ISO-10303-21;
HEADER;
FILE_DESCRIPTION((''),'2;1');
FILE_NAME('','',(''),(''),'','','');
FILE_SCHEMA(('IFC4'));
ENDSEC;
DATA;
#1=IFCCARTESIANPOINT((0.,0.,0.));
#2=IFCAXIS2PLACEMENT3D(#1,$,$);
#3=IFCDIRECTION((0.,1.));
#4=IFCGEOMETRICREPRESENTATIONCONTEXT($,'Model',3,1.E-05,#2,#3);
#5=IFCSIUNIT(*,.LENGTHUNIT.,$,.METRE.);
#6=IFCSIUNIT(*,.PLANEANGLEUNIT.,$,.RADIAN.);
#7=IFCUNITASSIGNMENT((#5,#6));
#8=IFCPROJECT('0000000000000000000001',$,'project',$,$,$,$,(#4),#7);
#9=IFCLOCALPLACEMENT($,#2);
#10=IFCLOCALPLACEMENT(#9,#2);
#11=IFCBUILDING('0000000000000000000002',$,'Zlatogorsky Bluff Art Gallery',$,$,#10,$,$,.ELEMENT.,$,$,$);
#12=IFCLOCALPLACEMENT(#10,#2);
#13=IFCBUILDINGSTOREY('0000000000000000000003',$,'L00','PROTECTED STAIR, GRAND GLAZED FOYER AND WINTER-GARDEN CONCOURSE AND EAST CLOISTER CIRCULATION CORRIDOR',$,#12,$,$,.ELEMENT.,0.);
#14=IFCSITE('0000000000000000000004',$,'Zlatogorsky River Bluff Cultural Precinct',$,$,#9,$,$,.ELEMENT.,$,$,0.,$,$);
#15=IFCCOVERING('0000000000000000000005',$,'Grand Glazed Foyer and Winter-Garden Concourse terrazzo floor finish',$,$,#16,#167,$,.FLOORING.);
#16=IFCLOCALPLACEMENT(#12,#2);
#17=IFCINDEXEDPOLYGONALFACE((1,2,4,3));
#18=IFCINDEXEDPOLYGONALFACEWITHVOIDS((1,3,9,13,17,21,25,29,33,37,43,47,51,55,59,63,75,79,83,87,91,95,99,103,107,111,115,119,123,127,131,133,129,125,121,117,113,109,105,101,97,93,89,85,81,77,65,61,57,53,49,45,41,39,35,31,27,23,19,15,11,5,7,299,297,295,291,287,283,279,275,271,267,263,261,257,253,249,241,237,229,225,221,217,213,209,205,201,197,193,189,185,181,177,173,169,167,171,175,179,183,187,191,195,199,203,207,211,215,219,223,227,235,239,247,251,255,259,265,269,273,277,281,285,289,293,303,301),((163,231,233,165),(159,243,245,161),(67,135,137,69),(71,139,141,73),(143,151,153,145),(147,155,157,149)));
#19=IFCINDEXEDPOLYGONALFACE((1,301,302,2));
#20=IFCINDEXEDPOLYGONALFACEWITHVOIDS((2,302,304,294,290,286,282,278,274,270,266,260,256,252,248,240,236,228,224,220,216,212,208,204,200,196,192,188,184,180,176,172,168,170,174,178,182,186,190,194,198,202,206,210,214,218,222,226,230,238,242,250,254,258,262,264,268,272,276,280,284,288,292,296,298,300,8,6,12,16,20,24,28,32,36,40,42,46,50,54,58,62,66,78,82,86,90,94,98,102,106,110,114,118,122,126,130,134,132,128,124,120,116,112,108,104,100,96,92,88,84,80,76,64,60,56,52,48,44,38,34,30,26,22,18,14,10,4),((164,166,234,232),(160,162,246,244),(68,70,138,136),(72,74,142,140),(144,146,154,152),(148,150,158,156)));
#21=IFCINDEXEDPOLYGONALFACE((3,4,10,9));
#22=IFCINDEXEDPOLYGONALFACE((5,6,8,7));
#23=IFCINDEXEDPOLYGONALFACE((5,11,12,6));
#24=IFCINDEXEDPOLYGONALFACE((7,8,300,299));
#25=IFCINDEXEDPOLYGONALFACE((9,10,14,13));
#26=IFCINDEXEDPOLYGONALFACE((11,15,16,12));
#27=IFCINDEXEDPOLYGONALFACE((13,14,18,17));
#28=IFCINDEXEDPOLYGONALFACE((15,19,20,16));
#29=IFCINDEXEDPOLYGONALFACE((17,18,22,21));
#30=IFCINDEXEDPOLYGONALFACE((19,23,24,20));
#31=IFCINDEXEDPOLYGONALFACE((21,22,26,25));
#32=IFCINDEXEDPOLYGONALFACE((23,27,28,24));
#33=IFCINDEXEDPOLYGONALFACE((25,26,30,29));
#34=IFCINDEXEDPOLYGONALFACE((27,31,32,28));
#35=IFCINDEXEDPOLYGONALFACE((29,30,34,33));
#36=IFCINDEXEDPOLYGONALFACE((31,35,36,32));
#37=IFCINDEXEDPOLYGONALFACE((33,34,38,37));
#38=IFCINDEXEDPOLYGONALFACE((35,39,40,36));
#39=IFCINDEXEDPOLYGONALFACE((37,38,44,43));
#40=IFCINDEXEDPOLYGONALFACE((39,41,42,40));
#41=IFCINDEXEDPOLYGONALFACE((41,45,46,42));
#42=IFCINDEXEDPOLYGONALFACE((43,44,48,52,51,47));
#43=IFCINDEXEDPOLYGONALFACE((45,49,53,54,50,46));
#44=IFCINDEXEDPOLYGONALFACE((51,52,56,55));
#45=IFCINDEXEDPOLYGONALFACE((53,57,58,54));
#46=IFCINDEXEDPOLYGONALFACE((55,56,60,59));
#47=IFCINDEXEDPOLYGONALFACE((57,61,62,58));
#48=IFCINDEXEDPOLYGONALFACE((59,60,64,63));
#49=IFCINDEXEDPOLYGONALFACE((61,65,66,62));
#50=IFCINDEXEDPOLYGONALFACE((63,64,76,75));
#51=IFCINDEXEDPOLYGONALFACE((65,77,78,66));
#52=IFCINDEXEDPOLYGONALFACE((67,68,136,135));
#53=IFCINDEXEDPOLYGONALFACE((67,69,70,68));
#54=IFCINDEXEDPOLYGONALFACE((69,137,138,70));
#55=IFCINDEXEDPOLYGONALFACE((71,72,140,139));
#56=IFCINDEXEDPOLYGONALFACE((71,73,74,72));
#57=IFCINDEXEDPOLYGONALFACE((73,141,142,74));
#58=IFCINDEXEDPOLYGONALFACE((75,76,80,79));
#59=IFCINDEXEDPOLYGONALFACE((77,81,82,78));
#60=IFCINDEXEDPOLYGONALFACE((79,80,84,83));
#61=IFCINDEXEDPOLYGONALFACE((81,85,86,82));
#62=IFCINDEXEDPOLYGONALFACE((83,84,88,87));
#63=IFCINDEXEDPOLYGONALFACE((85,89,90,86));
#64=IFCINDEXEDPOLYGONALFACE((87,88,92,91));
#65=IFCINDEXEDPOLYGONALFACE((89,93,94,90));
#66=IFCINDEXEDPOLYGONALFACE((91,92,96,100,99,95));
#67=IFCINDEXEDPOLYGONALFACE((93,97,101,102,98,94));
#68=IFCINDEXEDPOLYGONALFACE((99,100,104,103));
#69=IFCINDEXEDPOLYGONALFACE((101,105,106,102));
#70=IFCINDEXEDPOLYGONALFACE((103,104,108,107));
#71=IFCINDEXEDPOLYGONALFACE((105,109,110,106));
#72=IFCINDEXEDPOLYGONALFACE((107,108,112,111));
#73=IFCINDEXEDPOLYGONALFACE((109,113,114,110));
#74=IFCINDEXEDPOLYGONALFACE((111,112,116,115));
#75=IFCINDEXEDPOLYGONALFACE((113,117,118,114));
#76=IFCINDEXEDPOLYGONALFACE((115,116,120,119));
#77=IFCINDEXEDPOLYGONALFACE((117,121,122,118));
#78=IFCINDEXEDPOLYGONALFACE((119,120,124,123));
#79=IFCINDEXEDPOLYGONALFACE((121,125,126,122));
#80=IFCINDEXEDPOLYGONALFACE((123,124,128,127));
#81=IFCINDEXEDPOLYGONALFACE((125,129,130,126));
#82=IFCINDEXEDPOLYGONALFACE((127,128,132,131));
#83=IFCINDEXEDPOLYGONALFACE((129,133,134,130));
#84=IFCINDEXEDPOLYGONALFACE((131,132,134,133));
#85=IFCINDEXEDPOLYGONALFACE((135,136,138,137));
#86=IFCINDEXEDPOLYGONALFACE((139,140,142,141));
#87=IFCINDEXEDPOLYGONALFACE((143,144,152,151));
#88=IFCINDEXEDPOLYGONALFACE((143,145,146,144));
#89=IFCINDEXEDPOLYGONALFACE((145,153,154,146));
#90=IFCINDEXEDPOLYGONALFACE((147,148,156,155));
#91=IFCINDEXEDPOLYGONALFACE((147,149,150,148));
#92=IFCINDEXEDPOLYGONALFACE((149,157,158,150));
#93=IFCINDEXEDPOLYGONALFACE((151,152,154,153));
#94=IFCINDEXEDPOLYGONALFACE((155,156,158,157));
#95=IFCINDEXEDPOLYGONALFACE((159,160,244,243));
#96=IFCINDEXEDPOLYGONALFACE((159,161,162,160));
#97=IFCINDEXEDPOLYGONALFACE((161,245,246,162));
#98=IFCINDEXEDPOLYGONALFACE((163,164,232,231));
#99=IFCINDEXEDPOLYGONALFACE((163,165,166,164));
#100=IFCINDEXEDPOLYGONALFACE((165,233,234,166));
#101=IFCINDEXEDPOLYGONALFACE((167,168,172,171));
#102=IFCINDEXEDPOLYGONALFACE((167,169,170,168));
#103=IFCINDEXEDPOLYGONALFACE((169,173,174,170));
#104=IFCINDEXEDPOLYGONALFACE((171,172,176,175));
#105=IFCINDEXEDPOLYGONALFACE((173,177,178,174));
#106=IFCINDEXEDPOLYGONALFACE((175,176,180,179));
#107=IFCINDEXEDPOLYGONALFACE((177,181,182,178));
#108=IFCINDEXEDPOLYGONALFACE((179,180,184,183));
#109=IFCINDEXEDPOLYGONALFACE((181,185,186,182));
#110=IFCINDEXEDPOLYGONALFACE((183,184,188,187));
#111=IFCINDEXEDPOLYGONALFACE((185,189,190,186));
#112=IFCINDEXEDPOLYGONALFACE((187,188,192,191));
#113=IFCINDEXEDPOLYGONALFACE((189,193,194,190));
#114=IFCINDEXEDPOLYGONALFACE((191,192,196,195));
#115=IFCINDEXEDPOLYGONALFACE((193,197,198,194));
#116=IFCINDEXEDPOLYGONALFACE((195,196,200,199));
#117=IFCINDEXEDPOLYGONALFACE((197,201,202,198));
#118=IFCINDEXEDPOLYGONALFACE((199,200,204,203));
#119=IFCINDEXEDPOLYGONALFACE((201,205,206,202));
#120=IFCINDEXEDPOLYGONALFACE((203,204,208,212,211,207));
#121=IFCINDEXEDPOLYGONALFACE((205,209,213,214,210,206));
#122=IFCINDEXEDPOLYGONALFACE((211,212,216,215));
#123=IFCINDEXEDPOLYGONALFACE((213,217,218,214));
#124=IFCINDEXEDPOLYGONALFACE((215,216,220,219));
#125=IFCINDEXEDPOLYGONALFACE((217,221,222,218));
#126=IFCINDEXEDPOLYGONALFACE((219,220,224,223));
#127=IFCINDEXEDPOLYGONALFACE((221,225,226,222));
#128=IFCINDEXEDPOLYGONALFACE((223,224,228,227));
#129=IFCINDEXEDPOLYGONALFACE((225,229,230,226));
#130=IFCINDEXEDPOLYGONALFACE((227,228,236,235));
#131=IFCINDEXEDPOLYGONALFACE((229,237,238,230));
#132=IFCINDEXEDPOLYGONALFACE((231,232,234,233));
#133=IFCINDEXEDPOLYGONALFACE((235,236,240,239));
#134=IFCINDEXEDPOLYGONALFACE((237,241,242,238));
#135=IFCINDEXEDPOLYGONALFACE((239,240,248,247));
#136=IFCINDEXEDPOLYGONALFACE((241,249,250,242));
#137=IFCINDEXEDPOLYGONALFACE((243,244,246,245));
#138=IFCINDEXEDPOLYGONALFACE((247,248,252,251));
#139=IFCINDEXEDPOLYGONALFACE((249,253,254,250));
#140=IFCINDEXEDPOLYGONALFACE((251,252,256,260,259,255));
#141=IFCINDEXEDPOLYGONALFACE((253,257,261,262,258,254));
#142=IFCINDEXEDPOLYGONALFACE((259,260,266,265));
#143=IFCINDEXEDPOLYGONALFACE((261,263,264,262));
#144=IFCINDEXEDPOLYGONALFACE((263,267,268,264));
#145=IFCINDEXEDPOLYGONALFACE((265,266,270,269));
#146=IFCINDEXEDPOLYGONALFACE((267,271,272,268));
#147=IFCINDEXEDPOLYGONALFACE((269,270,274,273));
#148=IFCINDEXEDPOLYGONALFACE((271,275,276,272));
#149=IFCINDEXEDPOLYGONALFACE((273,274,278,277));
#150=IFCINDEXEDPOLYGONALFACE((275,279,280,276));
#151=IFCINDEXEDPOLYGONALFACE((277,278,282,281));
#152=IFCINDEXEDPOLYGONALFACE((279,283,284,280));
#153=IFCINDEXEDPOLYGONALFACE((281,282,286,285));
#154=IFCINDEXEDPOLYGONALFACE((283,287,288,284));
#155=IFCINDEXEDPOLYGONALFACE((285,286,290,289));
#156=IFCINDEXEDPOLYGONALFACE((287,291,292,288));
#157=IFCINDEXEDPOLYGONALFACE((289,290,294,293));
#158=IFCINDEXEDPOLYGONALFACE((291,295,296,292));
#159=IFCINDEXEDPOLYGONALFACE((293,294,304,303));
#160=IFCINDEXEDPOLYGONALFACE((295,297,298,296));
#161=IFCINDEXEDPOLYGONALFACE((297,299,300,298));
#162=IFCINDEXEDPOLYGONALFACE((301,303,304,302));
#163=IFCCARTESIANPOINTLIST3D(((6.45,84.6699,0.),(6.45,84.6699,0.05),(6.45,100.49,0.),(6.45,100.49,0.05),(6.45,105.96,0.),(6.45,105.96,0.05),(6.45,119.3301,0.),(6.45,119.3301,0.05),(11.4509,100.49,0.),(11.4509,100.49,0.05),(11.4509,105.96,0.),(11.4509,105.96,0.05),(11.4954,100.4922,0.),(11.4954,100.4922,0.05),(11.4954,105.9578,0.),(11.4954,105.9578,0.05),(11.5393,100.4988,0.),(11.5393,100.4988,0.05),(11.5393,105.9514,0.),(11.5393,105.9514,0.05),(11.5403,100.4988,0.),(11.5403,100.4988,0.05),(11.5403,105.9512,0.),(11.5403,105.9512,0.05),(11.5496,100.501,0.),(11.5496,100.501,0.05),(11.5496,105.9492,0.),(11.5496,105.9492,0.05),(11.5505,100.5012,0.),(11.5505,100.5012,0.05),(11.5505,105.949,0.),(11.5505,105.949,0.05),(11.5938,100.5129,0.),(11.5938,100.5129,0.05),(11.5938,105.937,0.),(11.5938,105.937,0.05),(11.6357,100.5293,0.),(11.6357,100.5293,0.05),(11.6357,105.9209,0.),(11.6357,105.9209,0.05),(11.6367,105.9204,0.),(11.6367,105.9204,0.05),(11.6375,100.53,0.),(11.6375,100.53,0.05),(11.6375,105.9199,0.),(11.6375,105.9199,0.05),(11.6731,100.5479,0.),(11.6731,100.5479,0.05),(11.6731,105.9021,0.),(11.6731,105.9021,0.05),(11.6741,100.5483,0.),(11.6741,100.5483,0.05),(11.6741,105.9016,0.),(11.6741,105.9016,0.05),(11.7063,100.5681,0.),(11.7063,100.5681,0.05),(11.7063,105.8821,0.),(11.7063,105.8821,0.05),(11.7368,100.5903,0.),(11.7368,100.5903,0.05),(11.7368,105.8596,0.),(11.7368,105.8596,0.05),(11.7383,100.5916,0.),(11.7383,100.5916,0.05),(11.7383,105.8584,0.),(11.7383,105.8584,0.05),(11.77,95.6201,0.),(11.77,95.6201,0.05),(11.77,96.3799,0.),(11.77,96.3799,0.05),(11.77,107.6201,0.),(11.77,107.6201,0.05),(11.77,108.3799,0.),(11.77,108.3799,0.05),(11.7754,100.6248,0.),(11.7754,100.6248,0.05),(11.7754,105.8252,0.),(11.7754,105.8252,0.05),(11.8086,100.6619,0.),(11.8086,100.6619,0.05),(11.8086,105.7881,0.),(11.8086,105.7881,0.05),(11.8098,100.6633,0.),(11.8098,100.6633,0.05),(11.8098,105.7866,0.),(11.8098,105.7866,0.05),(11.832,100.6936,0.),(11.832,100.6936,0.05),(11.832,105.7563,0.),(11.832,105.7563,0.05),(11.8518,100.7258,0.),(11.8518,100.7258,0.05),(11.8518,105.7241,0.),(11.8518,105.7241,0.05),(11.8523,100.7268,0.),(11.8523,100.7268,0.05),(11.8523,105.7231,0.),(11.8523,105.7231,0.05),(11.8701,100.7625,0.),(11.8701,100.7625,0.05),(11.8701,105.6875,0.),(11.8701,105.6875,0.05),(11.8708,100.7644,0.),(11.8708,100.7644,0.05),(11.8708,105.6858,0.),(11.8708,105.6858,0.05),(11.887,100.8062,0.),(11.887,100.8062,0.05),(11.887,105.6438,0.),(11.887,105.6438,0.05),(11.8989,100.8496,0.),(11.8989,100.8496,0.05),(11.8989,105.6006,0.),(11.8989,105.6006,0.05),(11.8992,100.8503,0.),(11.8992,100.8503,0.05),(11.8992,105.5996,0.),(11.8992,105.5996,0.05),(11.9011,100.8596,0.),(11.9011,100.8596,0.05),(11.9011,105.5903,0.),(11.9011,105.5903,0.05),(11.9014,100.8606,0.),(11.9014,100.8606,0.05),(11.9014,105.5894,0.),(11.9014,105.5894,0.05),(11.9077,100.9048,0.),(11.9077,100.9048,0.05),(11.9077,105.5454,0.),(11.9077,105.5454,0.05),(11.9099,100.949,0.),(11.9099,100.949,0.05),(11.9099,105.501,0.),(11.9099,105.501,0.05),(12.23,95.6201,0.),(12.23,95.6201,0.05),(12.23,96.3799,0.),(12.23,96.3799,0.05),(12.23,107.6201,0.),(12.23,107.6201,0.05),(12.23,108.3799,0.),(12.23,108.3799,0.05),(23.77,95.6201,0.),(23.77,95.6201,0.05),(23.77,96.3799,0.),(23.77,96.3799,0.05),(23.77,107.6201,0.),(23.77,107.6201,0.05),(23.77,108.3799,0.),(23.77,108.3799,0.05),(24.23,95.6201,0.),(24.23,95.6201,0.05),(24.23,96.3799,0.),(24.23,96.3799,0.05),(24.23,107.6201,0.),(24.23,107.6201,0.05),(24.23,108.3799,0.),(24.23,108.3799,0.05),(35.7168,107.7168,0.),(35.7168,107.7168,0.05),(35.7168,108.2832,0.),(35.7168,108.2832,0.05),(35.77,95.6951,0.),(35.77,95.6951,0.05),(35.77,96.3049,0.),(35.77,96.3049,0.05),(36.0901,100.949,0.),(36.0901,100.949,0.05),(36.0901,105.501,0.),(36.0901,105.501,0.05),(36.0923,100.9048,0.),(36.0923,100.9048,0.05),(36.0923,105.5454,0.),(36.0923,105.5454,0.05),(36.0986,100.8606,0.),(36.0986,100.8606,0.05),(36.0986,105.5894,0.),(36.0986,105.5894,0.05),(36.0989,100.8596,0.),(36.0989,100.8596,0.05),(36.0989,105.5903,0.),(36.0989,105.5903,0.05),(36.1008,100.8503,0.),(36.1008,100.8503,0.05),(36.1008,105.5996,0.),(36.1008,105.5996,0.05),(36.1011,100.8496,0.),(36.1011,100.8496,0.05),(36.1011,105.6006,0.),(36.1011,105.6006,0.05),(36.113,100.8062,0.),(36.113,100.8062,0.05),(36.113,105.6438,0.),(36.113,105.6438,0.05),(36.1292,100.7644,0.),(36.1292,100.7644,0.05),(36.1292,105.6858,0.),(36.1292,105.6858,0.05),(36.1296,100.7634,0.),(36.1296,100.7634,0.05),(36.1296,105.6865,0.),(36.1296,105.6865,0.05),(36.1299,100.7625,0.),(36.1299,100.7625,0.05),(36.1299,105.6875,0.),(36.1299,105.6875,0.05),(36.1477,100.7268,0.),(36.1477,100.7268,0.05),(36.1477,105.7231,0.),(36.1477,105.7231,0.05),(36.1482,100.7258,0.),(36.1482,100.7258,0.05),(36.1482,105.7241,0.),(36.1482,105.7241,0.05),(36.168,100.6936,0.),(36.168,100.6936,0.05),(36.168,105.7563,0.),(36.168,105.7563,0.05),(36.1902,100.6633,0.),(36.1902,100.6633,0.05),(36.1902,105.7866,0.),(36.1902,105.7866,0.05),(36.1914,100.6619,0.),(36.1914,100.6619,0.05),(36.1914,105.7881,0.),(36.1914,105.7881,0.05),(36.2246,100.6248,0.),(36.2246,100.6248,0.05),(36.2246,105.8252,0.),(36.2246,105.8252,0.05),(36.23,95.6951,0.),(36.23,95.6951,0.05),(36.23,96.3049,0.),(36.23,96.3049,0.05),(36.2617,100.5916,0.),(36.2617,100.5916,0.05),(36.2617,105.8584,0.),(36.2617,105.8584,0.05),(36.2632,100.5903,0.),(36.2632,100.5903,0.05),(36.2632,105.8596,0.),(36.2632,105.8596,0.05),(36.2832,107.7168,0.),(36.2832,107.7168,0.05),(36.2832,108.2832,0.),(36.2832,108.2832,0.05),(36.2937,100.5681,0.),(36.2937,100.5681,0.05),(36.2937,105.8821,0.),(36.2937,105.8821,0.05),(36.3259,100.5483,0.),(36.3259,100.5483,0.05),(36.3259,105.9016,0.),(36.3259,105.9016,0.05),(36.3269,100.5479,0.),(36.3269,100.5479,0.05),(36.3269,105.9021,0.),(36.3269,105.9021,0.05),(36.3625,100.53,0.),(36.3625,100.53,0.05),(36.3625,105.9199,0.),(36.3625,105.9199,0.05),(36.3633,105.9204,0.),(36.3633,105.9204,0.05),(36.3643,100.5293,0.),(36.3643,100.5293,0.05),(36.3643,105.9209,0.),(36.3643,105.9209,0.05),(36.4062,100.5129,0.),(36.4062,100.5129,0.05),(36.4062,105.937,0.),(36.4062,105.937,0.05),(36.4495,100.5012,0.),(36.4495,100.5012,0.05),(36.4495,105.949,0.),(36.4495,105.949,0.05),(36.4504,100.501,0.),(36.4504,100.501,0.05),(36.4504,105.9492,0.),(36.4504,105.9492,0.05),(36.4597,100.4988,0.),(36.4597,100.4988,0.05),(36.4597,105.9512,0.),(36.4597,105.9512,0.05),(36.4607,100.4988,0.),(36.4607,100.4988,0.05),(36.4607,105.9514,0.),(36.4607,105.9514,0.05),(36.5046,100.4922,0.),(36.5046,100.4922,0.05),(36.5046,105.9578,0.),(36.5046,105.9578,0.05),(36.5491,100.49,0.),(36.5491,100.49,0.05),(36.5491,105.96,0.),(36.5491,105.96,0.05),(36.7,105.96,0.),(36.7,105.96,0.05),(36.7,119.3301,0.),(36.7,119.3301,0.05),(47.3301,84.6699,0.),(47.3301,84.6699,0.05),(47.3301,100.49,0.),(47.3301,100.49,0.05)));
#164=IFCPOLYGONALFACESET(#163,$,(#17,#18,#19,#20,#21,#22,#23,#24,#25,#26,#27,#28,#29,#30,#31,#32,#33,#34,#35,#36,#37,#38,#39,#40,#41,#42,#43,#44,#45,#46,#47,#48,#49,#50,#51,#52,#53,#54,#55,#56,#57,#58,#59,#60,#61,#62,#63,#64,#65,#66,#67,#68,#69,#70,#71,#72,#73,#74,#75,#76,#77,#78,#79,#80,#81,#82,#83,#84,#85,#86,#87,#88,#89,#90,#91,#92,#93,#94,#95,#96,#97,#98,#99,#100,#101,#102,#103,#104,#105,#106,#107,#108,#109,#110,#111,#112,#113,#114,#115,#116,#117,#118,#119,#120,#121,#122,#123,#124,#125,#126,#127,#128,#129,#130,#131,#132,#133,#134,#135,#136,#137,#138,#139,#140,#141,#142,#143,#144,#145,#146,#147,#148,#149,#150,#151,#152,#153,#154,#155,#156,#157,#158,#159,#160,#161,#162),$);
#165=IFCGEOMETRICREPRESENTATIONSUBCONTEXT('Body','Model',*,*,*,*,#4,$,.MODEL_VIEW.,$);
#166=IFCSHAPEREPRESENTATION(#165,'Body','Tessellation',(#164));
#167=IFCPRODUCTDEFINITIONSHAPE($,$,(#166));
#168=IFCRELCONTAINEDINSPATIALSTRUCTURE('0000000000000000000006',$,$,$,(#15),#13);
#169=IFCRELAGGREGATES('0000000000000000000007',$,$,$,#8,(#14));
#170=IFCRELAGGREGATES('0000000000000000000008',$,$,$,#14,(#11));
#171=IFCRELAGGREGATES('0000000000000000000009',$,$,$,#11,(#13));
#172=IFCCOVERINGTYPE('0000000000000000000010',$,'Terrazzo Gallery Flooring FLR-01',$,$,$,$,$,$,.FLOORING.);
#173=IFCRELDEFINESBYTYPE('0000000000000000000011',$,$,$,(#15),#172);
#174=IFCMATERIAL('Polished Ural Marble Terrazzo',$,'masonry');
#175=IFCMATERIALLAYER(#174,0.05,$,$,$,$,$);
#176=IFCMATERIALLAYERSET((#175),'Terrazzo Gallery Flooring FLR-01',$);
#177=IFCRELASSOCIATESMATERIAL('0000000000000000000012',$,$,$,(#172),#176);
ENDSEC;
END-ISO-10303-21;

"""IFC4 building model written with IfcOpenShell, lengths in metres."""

from ifc_helpers import new_model, si_unit, direction, origin, place, context, subcontext, project, spatial, polyline, outline, extrude, material, layer, layer_set, type_object, element, save


model = new_model("IFC4")

# Units and contexts
model_context = context("Model", 3, precision=1e-05, world=origin(), true_north=direction((0.0, 1.0)))
body_context = subcontext(model_context, "Body", "Model", "MODEL_VIEW")
ifc_project = project(units=[si_unit("LENGTHUNIT", "METRE"), si_unit("PLANEANGLEUNIT", "RADIAN")], contexts=[model_context])

# Site, building, storey
site_placement = place(None, origin())
site = spatial("IfcSite", under=ifc_project, at=site_placement, Name="Zlatogorsky River Bluff Cultural Precinct", CompositionType="ELEMENT", RefElevation=0.0)
building_placement = place(site_placement, origin())
building = spatial("IfcBuilding", under=site, at=building_placement, Name="Zlatogorsky Bluff Art Gallery", CompositionType="ELEMENT")
storey_placement = place(building_placement, origin())
storey = spatial("IfcBuildingStorey", under=building, at=storey_placement, Name="L00", Description="PROTECTED STAIR, GRAND GLAZED FOYER AND WINTER-GARDEN CONCOURSE AND EAST CLOISTER CIRCULATION CORRIDOR", CompositionType="ELEMENT", Elevation=0.0)

# Covering
ifc_material_1 = material(Name="Polished Ural Marble Terrazzo", Category="masonry")
ifc_layer_1 = layer(ifc_material_1, 0.05)
ifc_layer_set_1 = layer_set([ifc_layer_1], Name="Terrazzo Gallery Flooring FLR-01")
covering_type_1 = type_object("IfcCoveringType", Name="Terrazzo Gallery Flooring FLR-01", PredefinedType="FLOORING", material=ifc_layer_set_1)
covering_1_placement = place(storey_placement, origin())
element("IfcCovering", 1, at=covering_1_placement, inside=storey, type_object=covering_type_1, Name="Grand Glazed Foyer and Winter-Garden Concourse terrazzo floor finish", PredefinedType="FLOORING", context=body_context, shape_type="SweptSolid", body=[
    extrude(outline(polyline([(36.7, 105.96), (36.5491, 105.96), (36.5046, 105.9578), (36.4607, 105.9514), (36.4597, 105.9512), (36.4504, 105.9492), (36.4495, 105.949), (36.4062, 105.937), (36.3643, 105.9209), (36.3633, 105.9204), (36.3625, 105.9199), (36.3269, 105.9021), (36.3259, 105.9016), (36.2937, 105.8821), (36.2632, 105.8596), (36.2617, 105.8584), (36.2246, 105.8252), (36.1914, 105.7881), (36.1902, 105.7866), (36.168, 105.7563), (36.1482, 105.7241), (36.1477, 105.7231), (36.1299, 105.6875), (36.1296, 105.6865), (36.1292, 105.6858), (36.113, 105.6438), (36.1011, 105.6006), (36.1008, 105.5996), (36.0989, 105.5903), (36.0986, 105.5894), (36.0923, 105.5454), (36.0901, 105.501), (36.0901, 100.949), (36.0923, 100.9048), (36.0986, 100.8606), (36.0989, 100.8596), (36.1008, 100.8503), (36.1011, 100.8496), (36.113, 100.8062), (36.1292, 100.7644), (36.1296, 100.7634), (36.1299, 100.7625), (36.1477, 100.7268), (36.1482, 100.7258), (36.168, 100.6936), (36.1902, 100.6633), (36.1914, 100.6619), (36.2246, 100.6248), (36.2617, 100.5916), (36.2632, 100.5903), (36.2937, 100.5681), (36.3259, 100.5483), (36.3269, 100.5479), (36.3625, 100.53), (36.3643, 100.5293), (36.4062, 100.5129), (36.4495, 100.5012), (36.4504, 100.501), (36.4597, 100.4988), (36.4607, 100.4988), (36.5046, 100.4922), (36.5491, 100.49), (47.3301, 100.49), (47.3301, 84.6699), (6.45, 84.6699), (6.45, 100.49), (11.4509, 100.49), (11.4954, 100.4922), (11.5393, 100.4988), (11.5403, 100.4988), (11.5496, 100.501), (11.5505, 100.5012), (11.5938, 100.5129), (11.6357, 100.5293), (11.6375, 100.53), (11.6731, 100.5479), (11.6741, 100.5483), (11.7063, 100.5681), (11.7368, 100.5903), (11.7383, 100.5916), (11.7754, 100.6248), (11.8086, 100.6619), (11.8098, 100.6633), (11.832, 100.6936), (11.8518, 100.7258), (11.8523, 100.7268), (11.8701, 100.7625), (11.8708, 100.7644), (11.887, 100.8062), (11.8989, 100.8496), (11.8992, 100.8503), (11.9011, 100.8596), (11.9014, 100.8606), (11.9077, 100.9048), (11.9099, 100.949), (11.9099, 105.501), (11.9077, 105.5454), (11.9014, 105.5894), (11.9011, 105.5903), (11.8992, 105.5996), (11.8989, 105.6006), (11.887, 105.6438), (11.8708, 105.6858), (11.8701, 105.6875), (11.8523, 105.7231), (11.8518, 105.7241), (11.832, 105.7563), (11.8098, 105.7866), (11.8086, 105.7881), (11.7754, 105.8252), (11.7383, 105.8584), (11.7368, 105.8596), (11.7063, 105.8821), (11.6741, 105.9016), (11.6731, 105.9021), (11.6375, 105.9199), (11.6367, 105.9204), (11.6357, 105.9209), (11.5938, 105.937), (11.5505, 105.949), (11.5496, 105.9492), (11.5403, 105.9512), (11.5393, 105.9514), (11.4954, 105.9578), (11.4509, 105.96), (6.45, 105.96), (6.45, 119.3301), (36.7, 119.3301), (36.7, 105.96)]), holes=[polyline([(23.77, 96.3799), (23.77, 95.6201), (24.23, 95.6201), (24.23, 96.3799), (23.77, 96.3799)]), polyline([(11.77, 96.3799), (11.77, 95.6201), (12.23, 95.6201), (12.23, 96.3799), (11.77, 96.3799)]), polyline([(11.77, 108.3799), (11.77, 107.6201), (12.23, 107.6201), (12.23, 108.3799), (11.77, 108.3799)]), polyline([(23.77, 107.6201), (24.23, 107.6201), (24.23, 108.3799), (23.77, 108.3799), (23.77, 107.6201)]), polyline([(35.77, 96.3049), (35.77, 95.6951), (36.23, 95.6951), (36.23, 96.3049), (35.77, 96.3049)]), polyline([(35.7168, 107.7168), (36.2832, 107.7168), (36.2832, 108.2832), (35.7168, 108.2832), (35.7168, 107.7168)])]), origin(), (0.0, 0.0, 1.0), 0.05),
])

save(model, "model.ifc")
